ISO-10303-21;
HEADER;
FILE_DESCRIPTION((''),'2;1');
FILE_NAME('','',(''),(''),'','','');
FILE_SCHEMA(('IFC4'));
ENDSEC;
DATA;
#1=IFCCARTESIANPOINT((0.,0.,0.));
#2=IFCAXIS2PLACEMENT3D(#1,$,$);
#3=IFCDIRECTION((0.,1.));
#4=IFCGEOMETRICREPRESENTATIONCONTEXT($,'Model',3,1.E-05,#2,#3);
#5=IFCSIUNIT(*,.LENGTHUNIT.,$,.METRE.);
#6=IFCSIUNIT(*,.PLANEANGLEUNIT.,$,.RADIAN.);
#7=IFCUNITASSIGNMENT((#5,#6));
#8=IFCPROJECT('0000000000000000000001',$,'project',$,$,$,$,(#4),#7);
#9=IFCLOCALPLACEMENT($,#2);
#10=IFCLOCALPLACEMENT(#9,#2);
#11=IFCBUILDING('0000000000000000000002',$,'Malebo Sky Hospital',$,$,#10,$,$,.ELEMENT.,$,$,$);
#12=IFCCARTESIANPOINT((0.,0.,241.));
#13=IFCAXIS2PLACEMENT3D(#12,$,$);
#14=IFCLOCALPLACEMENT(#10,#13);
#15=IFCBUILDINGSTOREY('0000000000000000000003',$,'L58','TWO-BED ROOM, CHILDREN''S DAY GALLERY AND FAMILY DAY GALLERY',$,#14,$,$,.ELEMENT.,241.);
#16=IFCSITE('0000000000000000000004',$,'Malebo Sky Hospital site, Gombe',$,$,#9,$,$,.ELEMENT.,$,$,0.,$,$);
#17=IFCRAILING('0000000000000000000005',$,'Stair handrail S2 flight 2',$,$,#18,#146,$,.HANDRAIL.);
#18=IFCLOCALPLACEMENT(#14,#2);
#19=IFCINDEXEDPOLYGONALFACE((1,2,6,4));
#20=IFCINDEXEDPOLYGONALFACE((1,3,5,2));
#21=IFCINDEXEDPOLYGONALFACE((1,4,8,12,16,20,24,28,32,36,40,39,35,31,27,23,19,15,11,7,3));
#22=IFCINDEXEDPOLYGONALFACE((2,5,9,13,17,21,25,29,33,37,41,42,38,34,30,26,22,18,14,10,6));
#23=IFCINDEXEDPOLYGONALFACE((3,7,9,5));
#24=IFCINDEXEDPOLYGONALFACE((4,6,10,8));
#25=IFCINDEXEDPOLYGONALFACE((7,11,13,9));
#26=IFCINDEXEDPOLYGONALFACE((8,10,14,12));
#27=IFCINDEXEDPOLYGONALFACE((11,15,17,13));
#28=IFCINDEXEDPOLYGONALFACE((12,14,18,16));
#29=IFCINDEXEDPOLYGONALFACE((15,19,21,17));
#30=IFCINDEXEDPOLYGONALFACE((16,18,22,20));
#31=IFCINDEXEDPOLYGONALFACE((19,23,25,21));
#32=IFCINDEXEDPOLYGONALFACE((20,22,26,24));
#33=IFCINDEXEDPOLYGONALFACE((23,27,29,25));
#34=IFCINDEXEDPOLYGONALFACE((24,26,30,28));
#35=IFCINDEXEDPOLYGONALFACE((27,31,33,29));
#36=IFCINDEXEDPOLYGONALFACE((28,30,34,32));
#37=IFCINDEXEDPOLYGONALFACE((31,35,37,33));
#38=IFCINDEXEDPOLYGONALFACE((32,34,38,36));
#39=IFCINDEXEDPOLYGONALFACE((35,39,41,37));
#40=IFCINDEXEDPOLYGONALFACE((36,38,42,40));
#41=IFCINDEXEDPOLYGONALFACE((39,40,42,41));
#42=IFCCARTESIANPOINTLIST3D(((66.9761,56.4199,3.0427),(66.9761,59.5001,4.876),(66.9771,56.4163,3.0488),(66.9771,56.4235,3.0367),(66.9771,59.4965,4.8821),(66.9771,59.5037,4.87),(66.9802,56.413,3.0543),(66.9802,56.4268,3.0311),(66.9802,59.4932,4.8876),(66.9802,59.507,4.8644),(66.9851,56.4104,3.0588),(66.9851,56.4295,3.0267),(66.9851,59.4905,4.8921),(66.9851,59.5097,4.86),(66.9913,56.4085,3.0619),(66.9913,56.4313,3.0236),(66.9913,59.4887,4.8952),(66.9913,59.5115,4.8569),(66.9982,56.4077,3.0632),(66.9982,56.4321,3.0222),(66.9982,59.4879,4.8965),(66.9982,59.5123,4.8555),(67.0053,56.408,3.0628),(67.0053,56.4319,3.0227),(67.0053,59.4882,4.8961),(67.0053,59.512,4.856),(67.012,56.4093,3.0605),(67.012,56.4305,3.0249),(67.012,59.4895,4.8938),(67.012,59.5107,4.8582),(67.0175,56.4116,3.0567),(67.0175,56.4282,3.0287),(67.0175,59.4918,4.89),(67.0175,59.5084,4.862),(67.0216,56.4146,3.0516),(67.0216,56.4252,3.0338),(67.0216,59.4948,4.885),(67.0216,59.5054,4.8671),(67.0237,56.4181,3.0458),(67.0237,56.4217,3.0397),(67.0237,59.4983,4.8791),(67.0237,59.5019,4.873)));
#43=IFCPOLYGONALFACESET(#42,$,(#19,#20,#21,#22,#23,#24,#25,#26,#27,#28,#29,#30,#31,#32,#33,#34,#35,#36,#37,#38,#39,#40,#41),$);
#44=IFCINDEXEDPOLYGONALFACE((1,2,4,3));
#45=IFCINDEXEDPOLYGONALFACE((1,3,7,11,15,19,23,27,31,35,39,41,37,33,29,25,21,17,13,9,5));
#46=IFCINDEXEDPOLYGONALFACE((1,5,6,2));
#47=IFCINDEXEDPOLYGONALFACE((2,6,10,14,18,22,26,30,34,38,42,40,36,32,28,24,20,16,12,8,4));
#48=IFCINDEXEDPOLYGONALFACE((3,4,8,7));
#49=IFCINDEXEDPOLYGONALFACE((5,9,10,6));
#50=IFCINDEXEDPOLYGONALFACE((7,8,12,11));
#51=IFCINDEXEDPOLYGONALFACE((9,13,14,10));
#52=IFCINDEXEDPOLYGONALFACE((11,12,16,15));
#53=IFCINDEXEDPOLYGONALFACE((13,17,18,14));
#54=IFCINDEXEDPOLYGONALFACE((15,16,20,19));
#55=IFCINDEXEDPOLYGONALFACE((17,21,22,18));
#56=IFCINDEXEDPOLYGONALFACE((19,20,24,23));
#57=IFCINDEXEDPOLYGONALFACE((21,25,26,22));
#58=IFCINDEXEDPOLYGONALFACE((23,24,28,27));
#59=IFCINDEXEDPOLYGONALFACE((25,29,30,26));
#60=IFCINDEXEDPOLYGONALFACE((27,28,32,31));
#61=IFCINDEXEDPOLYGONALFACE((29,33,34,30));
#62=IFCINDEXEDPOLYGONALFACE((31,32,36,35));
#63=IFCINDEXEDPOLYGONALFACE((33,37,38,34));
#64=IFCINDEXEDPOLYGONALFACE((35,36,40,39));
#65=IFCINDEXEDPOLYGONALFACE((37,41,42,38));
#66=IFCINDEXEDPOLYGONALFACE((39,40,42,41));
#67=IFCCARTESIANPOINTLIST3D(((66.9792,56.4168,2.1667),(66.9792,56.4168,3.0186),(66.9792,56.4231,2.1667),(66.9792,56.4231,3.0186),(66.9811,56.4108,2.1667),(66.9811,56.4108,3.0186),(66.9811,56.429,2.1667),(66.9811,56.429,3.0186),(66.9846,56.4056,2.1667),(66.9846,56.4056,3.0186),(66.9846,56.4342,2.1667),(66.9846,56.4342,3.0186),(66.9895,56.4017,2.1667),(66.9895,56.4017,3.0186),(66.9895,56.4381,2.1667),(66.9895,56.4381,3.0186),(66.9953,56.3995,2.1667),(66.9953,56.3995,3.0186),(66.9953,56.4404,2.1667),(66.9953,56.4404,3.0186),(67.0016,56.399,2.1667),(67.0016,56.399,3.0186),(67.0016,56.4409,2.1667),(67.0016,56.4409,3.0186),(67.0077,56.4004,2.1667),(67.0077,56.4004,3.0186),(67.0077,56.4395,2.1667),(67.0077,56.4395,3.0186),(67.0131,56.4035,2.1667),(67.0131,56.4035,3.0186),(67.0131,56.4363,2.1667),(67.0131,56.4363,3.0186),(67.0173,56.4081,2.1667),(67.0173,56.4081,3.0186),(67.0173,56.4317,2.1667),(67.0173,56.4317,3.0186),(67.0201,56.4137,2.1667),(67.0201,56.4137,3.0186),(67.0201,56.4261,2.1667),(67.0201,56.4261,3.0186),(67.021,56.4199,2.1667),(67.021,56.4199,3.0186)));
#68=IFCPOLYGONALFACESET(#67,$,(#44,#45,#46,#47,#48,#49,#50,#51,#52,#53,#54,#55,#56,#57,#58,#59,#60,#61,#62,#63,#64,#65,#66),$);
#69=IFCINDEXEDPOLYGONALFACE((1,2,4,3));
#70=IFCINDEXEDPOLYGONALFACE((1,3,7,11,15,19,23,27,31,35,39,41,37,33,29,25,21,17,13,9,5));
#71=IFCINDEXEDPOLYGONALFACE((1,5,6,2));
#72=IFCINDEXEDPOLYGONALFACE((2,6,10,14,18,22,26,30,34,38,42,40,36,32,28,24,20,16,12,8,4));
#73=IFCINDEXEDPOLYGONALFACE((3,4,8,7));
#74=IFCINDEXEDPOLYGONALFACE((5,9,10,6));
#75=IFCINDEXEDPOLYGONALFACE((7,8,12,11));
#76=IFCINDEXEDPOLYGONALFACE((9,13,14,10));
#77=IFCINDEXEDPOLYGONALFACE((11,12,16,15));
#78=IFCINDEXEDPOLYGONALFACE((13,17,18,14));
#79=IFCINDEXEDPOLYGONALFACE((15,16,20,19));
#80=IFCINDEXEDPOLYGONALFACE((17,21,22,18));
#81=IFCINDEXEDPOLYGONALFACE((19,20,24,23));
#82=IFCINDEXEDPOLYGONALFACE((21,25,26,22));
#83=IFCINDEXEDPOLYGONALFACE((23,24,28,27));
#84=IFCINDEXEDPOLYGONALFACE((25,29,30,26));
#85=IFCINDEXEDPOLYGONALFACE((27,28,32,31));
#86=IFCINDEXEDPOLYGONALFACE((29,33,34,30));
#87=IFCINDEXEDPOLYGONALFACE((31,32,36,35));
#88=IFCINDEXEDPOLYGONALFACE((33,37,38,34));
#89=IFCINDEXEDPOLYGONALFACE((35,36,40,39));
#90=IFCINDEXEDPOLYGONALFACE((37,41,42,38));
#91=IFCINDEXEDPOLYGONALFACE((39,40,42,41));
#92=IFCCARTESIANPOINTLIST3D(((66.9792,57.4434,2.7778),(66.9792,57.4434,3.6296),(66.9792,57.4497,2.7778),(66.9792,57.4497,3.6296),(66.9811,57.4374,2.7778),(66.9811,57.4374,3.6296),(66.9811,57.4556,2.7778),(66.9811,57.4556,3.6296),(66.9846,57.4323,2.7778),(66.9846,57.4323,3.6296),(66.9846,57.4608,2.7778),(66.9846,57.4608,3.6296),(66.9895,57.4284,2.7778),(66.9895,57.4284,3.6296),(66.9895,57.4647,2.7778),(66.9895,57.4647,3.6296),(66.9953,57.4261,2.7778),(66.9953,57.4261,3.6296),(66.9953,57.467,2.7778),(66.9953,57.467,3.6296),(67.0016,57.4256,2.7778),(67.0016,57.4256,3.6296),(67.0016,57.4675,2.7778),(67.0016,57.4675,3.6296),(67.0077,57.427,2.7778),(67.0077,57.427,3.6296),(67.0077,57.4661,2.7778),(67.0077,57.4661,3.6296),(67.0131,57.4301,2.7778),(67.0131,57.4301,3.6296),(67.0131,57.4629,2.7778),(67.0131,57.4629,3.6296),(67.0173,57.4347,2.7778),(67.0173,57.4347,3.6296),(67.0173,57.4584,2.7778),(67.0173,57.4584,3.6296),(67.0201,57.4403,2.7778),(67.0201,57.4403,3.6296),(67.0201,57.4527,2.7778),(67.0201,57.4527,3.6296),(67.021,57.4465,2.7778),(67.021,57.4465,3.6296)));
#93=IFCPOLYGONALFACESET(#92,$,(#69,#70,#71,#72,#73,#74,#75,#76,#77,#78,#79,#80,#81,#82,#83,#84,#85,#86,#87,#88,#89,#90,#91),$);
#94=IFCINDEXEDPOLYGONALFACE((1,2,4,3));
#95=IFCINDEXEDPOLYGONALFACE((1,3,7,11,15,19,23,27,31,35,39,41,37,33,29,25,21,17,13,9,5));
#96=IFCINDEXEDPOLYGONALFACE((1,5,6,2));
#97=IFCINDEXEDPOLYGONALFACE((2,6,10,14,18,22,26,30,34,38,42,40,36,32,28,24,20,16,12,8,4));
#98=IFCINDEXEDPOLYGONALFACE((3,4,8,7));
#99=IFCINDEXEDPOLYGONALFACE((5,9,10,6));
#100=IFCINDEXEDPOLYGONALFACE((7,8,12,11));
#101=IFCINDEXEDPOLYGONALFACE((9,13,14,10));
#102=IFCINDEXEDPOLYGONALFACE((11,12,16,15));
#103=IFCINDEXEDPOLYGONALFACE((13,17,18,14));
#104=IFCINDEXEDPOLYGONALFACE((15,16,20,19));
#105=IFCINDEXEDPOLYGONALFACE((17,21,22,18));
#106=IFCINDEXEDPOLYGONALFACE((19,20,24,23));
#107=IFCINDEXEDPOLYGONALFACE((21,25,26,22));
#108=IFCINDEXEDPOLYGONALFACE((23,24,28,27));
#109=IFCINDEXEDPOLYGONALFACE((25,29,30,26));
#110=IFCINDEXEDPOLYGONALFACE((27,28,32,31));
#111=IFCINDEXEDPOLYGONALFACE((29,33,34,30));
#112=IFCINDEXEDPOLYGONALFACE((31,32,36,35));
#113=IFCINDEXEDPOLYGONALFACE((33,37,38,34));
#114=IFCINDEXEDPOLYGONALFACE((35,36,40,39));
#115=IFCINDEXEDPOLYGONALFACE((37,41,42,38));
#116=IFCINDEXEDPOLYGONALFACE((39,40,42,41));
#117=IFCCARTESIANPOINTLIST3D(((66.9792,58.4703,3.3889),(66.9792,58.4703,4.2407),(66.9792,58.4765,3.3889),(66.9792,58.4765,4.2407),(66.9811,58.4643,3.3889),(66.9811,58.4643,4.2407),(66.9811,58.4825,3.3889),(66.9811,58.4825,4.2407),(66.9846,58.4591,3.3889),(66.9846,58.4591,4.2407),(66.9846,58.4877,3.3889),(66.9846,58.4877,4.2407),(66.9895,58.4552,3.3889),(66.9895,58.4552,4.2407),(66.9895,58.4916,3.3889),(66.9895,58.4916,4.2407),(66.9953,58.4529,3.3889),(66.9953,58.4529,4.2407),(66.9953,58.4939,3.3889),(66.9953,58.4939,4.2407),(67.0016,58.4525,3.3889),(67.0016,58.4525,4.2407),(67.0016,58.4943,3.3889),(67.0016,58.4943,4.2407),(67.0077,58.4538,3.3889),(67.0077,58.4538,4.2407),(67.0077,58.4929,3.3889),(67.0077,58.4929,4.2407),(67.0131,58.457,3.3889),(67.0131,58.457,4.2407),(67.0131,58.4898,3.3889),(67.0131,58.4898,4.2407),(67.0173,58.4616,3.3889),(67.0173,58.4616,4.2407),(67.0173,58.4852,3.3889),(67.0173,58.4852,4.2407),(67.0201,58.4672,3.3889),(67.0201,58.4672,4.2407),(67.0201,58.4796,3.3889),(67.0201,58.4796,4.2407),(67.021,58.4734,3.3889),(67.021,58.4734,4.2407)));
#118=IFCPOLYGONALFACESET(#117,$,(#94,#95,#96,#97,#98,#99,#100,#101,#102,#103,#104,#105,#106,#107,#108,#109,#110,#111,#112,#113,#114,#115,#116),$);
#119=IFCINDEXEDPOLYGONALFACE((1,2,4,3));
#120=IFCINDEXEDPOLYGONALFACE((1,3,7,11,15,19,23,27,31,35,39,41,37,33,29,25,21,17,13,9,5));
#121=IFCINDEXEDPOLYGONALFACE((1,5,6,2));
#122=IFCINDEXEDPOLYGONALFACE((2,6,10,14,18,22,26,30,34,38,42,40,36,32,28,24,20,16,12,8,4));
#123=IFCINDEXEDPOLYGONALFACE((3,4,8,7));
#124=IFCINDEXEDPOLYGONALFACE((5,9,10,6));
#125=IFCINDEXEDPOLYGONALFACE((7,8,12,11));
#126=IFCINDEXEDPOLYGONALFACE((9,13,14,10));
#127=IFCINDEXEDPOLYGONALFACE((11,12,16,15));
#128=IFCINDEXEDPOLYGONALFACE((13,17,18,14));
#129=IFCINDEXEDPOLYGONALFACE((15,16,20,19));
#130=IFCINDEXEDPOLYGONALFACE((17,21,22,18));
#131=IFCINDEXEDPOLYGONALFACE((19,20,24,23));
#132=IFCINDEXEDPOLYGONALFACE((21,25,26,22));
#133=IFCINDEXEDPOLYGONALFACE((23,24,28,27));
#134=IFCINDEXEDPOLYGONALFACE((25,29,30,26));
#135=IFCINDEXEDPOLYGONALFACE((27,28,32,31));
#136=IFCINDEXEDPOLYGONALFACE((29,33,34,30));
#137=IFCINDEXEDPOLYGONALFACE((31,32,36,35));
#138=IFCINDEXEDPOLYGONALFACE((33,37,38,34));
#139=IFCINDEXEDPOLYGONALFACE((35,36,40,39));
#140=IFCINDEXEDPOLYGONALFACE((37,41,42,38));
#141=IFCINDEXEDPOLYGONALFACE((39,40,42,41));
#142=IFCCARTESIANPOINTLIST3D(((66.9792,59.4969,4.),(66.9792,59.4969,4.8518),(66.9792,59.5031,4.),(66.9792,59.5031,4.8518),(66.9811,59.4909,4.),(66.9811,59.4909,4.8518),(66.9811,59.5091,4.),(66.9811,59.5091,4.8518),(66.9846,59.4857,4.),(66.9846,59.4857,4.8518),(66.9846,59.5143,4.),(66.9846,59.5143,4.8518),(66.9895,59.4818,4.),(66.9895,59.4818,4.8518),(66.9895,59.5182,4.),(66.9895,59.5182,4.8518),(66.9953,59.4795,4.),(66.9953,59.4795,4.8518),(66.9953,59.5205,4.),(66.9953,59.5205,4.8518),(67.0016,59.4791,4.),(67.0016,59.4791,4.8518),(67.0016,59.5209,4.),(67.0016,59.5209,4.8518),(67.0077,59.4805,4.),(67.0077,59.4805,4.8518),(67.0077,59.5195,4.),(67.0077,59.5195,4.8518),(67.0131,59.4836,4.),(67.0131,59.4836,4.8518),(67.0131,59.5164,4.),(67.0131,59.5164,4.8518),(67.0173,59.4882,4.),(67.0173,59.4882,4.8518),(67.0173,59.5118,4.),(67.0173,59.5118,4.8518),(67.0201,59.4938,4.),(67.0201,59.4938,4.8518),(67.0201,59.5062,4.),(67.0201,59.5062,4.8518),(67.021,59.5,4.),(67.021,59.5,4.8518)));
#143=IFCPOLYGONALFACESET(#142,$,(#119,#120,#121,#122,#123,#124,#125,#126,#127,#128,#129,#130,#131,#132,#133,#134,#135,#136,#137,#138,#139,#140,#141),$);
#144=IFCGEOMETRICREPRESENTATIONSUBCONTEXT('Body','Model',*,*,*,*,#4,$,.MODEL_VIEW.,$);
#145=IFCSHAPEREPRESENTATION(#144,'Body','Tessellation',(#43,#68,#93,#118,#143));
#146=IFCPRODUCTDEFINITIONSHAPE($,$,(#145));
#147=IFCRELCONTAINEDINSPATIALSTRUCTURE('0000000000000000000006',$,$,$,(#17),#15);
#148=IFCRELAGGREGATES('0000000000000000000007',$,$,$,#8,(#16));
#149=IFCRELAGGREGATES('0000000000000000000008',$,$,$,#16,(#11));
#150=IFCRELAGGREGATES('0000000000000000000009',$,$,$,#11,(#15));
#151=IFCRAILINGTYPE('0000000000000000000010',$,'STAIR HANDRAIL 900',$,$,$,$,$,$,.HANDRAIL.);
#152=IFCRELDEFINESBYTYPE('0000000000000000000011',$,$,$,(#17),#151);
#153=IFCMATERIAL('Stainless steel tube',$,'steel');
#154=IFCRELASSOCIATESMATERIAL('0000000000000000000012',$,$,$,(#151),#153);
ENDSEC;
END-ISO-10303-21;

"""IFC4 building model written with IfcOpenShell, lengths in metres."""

from ifc_helpers import new_model, si_unit, direction, frame, origin, origin_2d, place, context, subcontext, project, spatial, circle, extrude, material, type_object, element, save


model = new_model("IFC4")

# Units and contexts
model_context = context("Model", 3, precision=1e-05, world=origin(), true_north=direction((0.0, 1.0)))
body_context = subcontext(model_context, "Body", "Model", "MODEL_VIEW")
ifc_project = project(units=[si_unit("LENGTHUNIT", "METRE"), si_unit("PLANEANGLEUNIT", "RADIAN")], contexts=[model_context])

# Site, building, storey
site_placement = place(None, origin())
site = spatial("IfcSite", under=ifc_project, at=site_placement, Name="Malebo Sky Hospital site, Gombe", CompositionType="ELEMENT", RefElevation=0.0)
building_placement = place(site_placement, origin())
building = spatial("IfcBuilding", under=site, at=building_placement, Name="Malebo Sky Hospital", CompositionType="ELEMENT")
storey_placement = place(building_placement, frame((0.0, 0.0, 241.0)))
storey = spatial("IfcBuildingStorey", under=building, at=storey_placement, Name="L58", Description="TWO-BED ROOM, CHILDREN'S DAY GALLERY AND FAMILY DAY GALLERY", CompositionType="ELEMENT", Elevation=241.0)

# Railing
ifc_material_1 = material(Name="Stainless steel tube", Category="steel")
railing_type = type_object("IfcRailingType", Name="STAIR HANDRAIL 900", PredefinedType="HANDRAIL", material=ifc_material_1)
railing_1_placement = place(storey_placement, frame((67.0, 56.4199, 2.1667)))
element("IfcRailing", 1, at=railing_1_placement, inside=storey, type_object=railing_type, Name="Stair handrail S2 flight 2", PredefinedType="HANDRAIL", context=body_context, shape_type="SweptSolid", body=[
    extrude(circle(Radius=0.0239, at=origin_2d()), frame((0.0, 0.0, 0.876), z_axis=(0.0, 0.859309, 0.511458), x_axis=(-1.0, 0.0, 0.0)), (0.0, 0.0, 1.0), 3.5845),
    extrude(circle(Radius=0.021, at=origin_2d()), origin(), (0.0, 0.0, 1.0), 0.8518),
    extrude(circle(Radius=0.021, at=origin_2d()), frame((0.0, 1.0266, 0.6111)), (0.0, 0.0, 1.0), 0.8518),
    extrude(circle(Radius=0.021, at=origin_2d()), frame((0.0, 2.0535, 1.2222)), (0.0, 0.0, 1.0), 0.8518),
    extrude(circle(Radius=0.021, at=origin_2d()), frame((0.0, 3.0801, 1.8333)), (0.0, 0.0, 1.0), 0.8518),
])

save(model, "model.ifc")
